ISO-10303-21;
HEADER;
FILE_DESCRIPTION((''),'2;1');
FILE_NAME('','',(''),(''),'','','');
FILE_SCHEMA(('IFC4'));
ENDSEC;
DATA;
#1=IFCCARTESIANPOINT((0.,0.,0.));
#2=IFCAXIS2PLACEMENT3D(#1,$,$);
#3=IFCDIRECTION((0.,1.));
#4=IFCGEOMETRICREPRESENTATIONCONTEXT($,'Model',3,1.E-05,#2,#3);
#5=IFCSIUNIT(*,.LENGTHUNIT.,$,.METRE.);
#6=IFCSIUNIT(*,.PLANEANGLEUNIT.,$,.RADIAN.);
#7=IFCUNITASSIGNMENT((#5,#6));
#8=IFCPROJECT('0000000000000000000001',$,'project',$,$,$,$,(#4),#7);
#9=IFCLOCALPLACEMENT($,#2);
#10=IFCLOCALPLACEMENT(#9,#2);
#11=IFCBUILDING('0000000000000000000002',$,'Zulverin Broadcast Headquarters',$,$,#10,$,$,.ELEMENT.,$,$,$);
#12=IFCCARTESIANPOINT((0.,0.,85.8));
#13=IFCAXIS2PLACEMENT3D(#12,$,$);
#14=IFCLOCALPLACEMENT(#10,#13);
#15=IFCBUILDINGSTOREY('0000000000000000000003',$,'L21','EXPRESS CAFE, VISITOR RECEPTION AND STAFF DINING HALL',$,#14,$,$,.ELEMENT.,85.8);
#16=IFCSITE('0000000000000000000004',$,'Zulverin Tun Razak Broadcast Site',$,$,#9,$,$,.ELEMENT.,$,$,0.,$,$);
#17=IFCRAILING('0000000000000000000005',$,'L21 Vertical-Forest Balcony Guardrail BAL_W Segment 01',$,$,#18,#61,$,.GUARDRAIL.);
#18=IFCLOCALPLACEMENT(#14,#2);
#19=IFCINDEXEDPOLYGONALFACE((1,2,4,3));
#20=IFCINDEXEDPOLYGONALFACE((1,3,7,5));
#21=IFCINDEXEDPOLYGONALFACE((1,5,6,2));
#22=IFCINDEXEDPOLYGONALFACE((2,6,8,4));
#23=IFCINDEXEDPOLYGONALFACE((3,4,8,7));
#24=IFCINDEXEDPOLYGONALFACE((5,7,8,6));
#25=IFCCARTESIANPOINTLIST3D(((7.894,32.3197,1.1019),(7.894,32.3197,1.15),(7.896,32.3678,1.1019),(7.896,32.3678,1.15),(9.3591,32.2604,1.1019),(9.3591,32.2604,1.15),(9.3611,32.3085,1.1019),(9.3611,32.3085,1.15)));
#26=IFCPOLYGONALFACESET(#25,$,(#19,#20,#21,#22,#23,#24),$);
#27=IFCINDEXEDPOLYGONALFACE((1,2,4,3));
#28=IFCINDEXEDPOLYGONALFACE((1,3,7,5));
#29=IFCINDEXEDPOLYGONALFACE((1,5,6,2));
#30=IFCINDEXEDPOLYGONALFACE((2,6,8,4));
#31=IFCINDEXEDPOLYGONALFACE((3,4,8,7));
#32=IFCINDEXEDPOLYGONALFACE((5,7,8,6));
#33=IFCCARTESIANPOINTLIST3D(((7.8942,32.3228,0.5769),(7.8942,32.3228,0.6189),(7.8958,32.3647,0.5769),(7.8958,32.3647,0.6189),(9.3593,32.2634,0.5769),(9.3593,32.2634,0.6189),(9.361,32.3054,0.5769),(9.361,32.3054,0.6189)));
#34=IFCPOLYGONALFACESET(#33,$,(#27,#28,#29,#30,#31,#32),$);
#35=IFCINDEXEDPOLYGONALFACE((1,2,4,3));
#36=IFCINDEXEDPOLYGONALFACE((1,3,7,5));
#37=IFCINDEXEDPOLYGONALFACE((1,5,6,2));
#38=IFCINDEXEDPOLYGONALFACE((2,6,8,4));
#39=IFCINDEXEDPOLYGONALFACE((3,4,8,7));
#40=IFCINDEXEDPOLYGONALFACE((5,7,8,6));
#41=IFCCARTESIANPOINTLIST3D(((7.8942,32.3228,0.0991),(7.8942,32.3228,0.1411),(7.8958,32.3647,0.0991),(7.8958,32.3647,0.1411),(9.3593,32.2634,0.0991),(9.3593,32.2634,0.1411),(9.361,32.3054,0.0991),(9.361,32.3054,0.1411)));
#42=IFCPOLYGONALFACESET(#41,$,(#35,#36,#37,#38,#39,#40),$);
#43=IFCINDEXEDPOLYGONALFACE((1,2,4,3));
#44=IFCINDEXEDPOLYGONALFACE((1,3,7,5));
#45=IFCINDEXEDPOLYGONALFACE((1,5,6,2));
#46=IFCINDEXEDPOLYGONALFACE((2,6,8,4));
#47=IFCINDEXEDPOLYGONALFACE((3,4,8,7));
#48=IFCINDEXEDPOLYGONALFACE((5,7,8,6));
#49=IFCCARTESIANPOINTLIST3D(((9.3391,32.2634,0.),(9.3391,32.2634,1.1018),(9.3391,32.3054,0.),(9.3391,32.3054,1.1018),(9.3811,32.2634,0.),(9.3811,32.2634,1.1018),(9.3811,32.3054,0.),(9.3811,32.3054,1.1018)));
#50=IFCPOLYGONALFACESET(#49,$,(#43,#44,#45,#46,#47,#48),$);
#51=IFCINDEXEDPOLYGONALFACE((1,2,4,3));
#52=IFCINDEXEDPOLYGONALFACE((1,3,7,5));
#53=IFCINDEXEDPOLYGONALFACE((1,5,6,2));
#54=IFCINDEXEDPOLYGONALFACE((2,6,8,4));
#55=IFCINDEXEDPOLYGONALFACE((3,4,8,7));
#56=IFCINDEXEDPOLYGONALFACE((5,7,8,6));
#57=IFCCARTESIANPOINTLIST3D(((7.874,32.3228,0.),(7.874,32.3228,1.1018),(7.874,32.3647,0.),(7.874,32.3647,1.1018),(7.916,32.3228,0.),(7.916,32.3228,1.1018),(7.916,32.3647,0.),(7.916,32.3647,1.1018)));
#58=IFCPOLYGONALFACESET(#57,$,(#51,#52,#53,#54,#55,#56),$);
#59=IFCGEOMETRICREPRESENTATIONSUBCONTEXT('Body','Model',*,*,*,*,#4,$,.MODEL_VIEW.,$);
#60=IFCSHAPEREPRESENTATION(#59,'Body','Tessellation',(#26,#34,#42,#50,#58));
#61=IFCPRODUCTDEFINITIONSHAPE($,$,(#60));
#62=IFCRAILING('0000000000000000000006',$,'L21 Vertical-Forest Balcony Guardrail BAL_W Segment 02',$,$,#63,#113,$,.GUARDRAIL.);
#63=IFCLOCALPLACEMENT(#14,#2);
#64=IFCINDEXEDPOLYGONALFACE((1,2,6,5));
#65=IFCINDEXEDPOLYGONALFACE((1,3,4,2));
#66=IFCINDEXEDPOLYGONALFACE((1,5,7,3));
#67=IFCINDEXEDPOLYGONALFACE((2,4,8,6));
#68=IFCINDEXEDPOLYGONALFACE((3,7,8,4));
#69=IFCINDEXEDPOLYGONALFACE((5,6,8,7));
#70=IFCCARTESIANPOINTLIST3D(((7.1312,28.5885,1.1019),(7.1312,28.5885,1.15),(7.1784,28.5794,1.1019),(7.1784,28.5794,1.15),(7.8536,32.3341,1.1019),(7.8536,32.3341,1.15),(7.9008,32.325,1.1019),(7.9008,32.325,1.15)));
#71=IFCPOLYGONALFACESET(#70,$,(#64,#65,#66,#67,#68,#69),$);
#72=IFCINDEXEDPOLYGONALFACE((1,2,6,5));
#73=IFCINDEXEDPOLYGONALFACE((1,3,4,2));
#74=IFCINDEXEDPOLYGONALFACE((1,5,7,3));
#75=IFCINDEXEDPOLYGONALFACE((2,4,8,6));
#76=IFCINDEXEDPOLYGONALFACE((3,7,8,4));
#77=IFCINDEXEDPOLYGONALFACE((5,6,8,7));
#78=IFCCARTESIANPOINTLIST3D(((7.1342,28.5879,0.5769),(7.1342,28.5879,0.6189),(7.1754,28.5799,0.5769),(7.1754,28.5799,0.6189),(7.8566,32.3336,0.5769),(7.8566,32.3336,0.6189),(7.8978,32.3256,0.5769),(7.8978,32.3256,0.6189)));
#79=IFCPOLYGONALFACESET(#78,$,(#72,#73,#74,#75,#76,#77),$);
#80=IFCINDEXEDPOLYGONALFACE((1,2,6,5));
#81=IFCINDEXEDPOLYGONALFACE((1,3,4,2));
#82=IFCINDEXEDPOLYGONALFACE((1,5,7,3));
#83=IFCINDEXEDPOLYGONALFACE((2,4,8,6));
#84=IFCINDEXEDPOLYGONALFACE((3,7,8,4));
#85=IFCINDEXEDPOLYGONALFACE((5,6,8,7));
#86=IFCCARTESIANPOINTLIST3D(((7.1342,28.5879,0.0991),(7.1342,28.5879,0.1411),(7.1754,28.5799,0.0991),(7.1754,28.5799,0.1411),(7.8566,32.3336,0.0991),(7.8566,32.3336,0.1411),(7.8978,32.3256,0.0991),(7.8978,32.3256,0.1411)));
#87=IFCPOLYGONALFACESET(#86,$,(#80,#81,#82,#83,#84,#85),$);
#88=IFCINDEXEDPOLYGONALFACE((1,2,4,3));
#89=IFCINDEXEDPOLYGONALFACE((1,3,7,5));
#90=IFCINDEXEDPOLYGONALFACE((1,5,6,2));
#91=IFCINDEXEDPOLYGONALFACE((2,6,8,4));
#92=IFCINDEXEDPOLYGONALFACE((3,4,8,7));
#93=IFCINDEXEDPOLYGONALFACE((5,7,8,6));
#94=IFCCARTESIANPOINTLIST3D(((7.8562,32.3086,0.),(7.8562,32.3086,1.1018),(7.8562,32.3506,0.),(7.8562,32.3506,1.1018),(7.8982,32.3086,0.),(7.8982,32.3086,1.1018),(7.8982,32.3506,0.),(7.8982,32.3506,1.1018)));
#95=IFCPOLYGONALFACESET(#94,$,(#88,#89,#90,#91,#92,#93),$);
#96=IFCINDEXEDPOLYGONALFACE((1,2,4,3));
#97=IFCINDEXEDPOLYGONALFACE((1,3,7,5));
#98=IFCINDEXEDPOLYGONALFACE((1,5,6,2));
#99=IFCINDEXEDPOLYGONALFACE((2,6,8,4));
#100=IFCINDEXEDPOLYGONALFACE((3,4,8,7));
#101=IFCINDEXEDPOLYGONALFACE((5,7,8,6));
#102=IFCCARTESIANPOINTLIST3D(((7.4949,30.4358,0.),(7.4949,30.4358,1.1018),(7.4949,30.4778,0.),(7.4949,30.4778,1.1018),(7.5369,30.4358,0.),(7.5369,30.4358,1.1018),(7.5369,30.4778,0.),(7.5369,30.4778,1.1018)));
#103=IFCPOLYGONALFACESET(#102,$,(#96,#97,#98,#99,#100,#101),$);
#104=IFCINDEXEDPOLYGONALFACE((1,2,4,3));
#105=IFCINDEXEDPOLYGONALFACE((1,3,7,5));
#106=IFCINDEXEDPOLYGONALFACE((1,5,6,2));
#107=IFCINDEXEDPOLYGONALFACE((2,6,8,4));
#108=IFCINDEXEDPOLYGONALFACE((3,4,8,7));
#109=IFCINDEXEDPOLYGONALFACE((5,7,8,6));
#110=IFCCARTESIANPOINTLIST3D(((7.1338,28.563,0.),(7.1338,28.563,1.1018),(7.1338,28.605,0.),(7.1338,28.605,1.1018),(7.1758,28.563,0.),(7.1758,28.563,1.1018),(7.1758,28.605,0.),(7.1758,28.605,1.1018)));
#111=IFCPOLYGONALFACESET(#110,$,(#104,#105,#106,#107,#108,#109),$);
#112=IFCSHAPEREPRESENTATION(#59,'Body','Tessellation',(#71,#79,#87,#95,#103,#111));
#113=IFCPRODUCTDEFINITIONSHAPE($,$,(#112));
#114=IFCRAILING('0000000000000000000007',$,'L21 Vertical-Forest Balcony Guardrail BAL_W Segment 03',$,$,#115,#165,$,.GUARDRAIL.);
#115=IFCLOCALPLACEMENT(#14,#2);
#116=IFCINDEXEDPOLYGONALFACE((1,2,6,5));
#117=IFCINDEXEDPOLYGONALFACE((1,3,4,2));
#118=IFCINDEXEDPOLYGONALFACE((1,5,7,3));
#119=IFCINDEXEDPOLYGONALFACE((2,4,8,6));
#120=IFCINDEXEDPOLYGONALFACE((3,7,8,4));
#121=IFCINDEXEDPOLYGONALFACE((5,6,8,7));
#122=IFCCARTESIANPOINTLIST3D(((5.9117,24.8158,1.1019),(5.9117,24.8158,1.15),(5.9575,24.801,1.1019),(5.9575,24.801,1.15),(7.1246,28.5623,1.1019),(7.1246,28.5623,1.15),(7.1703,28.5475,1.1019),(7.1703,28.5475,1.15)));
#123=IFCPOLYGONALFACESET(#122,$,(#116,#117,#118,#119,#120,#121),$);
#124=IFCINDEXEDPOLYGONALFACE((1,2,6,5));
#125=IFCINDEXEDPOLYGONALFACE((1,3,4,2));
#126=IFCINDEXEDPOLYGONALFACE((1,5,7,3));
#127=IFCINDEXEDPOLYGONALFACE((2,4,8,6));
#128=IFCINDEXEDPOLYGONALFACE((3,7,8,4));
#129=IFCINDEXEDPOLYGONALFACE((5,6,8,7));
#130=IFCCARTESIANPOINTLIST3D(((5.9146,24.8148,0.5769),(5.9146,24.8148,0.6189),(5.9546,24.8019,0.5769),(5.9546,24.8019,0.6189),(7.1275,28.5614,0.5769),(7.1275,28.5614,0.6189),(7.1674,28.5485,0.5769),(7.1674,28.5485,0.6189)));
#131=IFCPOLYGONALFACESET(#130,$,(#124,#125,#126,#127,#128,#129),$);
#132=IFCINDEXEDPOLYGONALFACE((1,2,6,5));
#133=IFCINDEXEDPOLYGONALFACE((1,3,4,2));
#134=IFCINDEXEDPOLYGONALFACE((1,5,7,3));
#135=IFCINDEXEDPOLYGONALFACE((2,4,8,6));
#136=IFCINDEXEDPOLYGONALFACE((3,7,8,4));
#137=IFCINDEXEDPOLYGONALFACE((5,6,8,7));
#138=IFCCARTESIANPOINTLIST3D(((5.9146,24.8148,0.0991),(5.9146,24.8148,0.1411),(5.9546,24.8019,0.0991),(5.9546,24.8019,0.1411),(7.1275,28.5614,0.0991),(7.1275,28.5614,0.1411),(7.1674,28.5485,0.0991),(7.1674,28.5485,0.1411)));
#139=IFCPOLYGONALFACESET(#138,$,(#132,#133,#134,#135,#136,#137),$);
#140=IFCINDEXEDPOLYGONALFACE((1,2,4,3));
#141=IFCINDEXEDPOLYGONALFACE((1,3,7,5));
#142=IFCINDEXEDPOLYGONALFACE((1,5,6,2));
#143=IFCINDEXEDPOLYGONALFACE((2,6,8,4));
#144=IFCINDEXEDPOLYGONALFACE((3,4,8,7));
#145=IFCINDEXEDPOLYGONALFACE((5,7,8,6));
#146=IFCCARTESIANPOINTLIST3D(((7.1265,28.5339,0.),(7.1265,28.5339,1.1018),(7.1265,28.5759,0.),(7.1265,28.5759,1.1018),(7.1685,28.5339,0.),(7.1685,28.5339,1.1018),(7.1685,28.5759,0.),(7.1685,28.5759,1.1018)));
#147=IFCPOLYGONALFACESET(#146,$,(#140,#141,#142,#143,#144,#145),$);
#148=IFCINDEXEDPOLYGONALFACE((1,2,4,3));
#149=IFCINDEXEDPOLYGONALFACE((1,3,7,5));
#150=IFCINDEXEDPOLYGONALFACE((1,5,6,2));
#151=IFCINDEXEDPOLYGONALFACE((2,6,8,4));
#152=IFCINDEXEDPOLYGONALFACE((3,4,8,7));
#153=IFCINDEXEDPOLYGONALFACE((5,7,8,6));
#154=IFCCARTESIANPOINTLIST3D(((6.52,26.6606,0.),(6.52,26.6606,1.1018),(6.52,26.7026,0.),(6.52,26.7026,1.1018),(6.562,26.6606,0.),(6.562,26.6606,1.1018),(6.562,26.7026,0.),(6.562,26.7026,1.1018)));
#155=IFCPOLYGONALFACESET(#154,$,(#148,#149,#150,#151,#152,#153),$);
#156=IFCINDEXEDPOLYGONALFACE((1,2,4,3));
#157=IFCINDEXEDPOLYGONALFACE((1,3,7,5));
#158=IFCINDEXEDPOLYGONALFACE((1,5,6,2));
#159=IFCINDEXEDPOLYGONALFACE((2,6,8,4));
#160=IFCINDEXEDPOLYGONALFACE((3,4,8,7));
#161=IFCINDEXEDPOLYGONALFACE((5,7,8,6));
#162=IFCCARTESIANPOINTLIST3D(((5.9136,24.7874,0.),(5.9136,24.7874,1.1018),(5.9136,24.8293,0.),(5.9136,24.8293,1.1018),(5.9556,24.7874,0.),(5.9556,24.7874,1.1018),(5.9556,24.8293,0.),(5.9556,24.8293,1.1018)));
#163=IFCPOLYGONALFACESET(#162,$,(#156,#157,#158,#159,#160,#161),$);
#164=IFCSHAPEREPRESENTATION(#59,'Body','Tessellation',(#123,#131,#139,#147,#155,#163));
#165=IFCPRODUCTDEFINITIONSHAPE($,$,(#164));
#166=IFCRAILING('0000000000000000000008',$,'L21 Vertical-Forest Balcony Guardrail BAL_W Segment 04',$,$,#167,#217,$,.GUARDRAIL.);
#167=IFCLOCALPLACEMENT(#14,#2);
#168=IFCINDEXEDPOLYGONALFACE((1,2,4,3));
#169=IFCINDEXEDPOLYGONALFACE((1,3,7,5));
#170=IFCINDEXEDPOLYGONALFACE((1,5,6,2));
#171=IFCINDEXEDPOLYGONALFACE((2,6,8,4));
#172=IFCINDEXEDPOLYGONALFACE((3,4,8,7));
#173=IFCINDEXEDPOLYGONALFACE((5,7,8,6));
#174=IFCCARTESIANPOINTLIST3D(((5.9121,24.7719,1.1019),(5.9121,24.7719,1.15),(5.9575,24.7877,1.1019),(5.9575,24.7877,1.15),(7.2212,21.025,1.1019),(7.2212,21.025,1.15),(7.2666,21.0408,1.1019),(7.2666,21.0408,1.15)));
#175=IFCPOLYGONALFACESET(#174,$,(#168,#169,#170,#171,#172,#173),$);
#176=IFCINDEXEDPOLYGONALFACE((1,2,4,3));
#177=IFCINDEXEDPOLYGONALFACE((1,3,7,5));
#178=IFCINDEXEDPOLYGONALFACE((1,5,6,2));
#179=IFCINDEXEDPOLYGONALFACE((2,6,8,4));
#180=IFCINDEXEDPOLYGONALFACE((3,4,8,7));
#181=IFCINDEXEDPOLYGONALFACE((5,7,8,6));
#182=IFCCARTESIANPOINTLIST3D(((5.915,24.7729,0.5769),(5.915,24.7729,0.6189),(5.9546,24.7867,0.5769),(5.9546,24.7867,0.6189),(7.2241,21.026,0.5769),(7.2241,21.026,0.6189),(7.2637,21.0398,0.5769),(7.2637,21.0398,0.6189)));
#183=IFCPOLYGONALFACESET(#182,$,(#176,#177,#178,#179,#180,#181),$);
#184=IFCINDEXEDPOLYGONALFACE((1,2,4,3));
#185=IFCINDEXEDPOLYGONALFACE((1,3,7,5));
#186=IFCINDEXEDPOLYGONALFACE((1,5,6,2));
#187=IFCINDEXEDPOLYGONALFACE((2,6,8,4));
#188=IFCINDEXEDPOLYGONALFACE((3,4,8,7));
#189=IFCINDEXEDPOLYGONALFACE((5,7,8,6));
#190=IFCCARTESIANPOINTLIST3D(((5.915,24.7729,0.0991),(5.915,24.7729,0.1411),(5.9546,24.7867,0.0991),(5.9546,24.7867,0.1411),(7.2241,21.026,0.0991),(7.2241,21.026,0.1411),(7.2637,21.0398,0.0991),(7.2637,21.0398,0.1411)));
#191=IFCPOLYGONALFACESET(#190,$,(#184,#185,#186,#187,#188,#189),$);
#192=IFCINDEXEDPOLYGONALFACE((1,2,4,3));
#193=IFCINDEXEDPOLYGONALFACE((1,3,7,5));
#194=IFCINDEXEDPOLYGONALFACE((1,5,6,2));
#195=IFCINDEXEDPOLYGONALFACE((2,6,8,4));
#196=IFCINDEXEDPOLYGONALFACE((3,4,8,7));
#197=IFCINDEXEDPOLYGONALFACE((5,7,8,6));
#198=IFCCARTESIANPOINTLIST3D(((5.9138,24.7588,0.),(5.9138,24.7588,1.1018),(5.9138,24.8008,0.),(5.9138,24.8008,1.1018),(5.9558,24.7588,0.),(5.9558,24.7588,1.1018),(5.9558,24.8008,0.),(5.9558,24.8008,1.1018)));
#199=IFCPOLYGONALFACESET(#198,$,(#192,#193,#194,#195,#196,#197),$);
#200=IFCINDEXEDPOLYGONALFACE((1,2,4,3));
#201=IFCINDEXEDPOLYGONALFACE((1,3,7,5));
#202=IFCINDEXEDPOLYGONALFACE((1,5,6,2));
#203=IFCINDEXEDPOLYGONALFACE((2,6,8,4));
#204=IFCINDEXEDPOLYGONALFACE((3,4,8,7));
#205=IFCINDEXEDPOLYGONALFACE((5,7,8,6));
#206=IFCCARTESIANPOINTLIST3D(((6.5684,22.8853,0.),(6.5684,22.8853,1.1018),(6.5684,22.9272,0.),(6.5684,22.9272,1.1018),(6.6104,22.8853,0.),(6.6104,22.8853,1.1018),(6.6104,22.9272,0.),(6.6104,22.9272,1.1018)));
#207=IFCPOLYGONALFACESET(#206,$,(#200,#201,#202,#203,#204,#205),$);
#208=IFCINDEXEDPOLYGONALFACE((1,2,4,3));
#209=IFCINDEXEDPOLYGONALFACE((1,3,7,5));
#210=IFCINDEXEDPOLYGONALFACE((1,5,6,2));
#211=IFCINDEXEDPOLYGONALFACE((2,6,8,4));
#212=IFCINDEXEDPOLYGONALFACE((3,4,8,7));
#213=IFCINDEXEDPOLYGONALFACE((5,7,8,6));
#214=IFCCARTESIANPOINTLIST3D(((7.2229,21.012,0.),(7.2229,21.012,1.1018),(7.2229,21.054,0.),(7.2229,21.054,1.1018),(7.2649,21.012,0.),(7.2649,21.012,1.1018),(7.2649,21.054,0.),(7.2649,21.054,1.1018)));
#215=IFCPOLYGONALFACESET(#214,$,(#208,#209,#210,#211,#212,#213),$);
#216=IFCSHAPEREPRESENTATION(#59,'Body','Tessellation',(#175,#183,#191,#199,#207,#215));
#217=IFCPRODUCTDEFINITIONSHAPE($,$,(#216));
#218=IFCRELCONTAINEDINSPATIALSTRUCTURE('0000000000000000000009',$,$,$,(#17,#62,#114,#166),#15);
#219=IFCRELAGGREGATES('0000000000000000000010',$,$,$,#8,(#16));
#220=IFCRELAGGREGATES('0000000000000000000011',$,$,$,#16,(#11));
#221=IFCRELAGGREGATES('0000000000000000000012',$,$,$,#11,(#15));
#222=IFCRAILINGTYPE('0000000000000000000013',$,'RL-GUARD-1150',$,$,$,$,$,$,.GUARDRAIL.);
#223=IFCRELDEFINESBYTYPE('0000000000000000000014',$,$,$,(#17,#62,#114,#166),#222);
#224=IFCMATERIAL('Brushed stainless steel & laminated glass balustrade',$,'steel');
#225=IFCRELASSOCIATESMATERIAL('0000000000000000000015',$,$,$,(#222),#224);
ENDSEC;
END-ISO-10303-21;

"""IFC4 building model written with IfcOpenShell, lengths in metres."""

from ifc_helpers import new_model, si_unit, direction, frame, origin, origin_2d, place, context, subcontext, project, spatial, rectangle, extrude, material, type_object, element, save


model = new_model("IFC4")

# Units and contexts
model_context = context("Model", 3, precision=1e-05, world=origin(), true_north=direction((0.0, 1.0)))
body_context = subcontext(model_context, "Body", "Model", "MODEL_VIEW")
ifc_project = project(units=[si_unit("LENGTHUNIT", "METRE"), si_unit("PLANEANGLEUNIT", "RADIAN")], contexts=[model_context])

# Site, building, storey
site_placement = place(None, origin())
site = spatial("IfcSite", under=ifc_project, at=site_placement, Name="Zulverin Tun Razak Broadcast Site", CompositionType="ELEMENT", RefElevation=0.0)
building_placement = place(site_placement, origin())
building = spatial("IfcBuilding", under=site, at=building_placement, Name="Zulverin Broadcast Headquarters", CompositionType="ELEMENT")
storey_placement = place(building_placement, frame((0.0, 0.0, 85.8)))
storey = spatial("IfcBuildingStorey", under=building, at=storey_placement, Name="L21", Description="EXPRESS CAFE, VISITOR RECEPTION AND STAFF DINING HALL", CompositionType="ELEMENT", Elevation=85.8)

# Railings
ifc_material_1 = material(Name="Brushed stainless steel & laminated glass balustrade", Category="steel")
railing_type = type_object("IfcRailingType", Name="RL-GUARD-1150", PredefinedType="GUARDRAIL", material=ifc_material_1)
railing_1_placement = place(storey_placement, frame((9.3601, 32.2844, 0.0)))
element("IfcRailing", 1, at=railing_1_placement, inside=storey, type_object=railing_type, Name="L21 Vertical-Forest Balcony Guardrail BAL_W Segment 01", PredefinedType="GUARDRAIL", context=body_context, shape_type="SweptSolid", body=[
    extrude(rectangle(XDim=0.0481, YDim=0.0481, at=origin_2d()), frame((0.0, 0.0, 1.126), z_axis=(-0.999181, 0.04046, 0.0), x_axis=(-0.04046, -0.999181, 0.0)), (0.0, 0.0, 1.0), 1.4663),
    extrude(rectangle(XDim=0.042, YDim=0.042, at=origin_2d()), frame((0.0, 0.0, 0.5979), z_axis=(-0.999181, 0.04046, 0.0), x_axis=(-0.04046, -0.999181, 0.0)), (0.0, 0.0, 1.0), 1.4663),
    extrude(rectangle(XDim=0.042, YDim=0.042, at=origin_2d()), frame((0.0, 0.0, 0.1201), z_axis=(-0.999181, 0.04046, 0.0), x_axis=(-0.04046, -0.999181, 0.0)), (0.0, 0.0, 1.0), 1.4663),
    extrude(rectangle(XDim=0.042, YDim=0.042, at=origin_2d()), origin(), (0.0, 0.0, 1.0), 1.1018),
    extrude(rectangle(XDim=0.042, YDim=0.042, at=origin_2d()), frame((-1.4651, 0.0593, 0.0)), (0.0, 0.0, 1.0), 1.1018),
])
railing_2_placement = place(storey_placement, frame((7.8772, 32.3296, 0.0)))
element("IfcRailing", 2, at=railing_2_placement, inside=storey, type_object=railing_type, Name="L21 Vertical-Forest Balcony Guardrail BAL_W Segment 02", PredefinedType="GUARDRAIL", context=body_context, shape_type="SweptSolid", body=[
    extrude(rectangle(XDim=0.0481, YDim=0.0481, at=origin_2d()), frame((0.0, 0.0, 1.126), z_axis=(-0.189379, -0.981904, 0.0), x_axis=(0.981904, -0.189379, 0.0)), (0.0, 0.0, 1.0), 3.8147),
    extrude(rectangle(XDim=0.042, YDim=0.042, at=origin_2d()), frame((0.0, 0.0, 0.5979), z_axis=(-0.189379, -0.981904, 0.0), x_axis=(0.981904, -0.189379, 0.0)), (0.0, 0.0, 1.0), 3.8147),
    extrude(rectangle(XDim=0.042, YDim=0.042, at=origin_2d()), frame((0.0, 0.0, 0.1201), z_axis=(-0.189379, -0.981904, 0.0), x_axis=(0.981904, -0.189379, 0.0)), (0.0, 0.0, 1.0), 3.8147),
    extrude(rectangle(XDim=0.042, YDim=0.042, at=origin_2d()), origin(), (0.0, 0.0, 1.0), 1.1018),
    extrude(rectangle(XDim=0.042, YDim=0.042, at=origin_2d()), frame((-0.3613, -1.8728, 0.0)), (0.0, 0.0, 1.0), 1.1018),
    extrude(rectangle(XDim=0.042, YDim=0.042, at=origin_2d()), frame((-0.7224, -3.7456, 0.0)), (0.0, 0.0, 1.0), 1.1018),
])
railing_3_placement = place(storey_placement, frame((7.1475, 28.5549, 0.0)))
element("IfcRailing", 3, at=railing_3_placement, inside=storey, type_object=railing_type, Name="L21 Vertical-Forest Balcony Guardrail BAL_W Segment 03", PredefinedType="GUARDRAIL", context=body_context, shape_type="SweptSolid", body=[
    extrude(rectangle(XDim=0.0481, YDim=0.0481, at=origin_2d()), frame((0.0, 0.0, 1.126), z_axis=(-0.307995, -0.951388, 0.0), x_axis=(0.951388, -0.307995, 0.0)), (0.0, 0.0, 1.0), 3.938),
    extrude(rectangle(XDim=0.042, YDim=0.042, at=origin_2d()), frame((0.0, 0.0, 0.5979), z_axis=(-0.307995, -0.951388, 0.0), x_axis=(0.951388, -0.307995, 0.0)), (0.0, 0.0, 1.0), 3.938),
    extrude(rectangle(XDim=0.042, YDim=0.042, at=origin_2d()), frame((0.0, 0.0, 0.1201), z_axis=(-0.307995, -0.951388, 0.0), x_axis=(0.951388, -0.307995, 0.0)), (0.0, 0.0, 1.0), 3.938),
    extrude(rectangle(XDim=0.042, YDim=0.042, at=origin_2d()), origin(), (0.0, 0.0, 1.0), 1.1018),
    extrude(rectangle(XDim=0.042, YDim=0.042, at=origin_2d()), frame((-0.6064, -1.8733, 0.0)), (0.0, 0.0, 1.0), 1.1018),
    extrude(rectangle(XDim=0.042, YDim=0.042, at=origin_2d()), frame((-1.2129, -3.7466, 0.0)), (0.0, 0.0, 1.0), 1.1018),
])
railing_4_placement = place(storey_placement, frame((5.9348, 24.7798, 0.0)))
element("IfcRailing", 4, at=railing_4_placement, inside=storey, type_object=railing_type, Name="L21 Vertical-Forest Balcony Guardrail BAL_W Segment 04", PredefinedType="GUARDRAIL", context=body_context, shape_type="SweptSolid", body=[
    extrude(rectangle(XDim=0.0481, YDim=0.0481, at=origin_2d()), frame((0.0, 0.0, 1.126), z_axis=(0.329833, -0.944039, 0.0), x_axis=(0.944039, 0.329833, 0.0)), (0.0, 0.0, 1.0), 3.969),
    extrude(rectangle(XDim=0.042, YDim=0.042, at=origin_2d()), frame((0.0, 0.0, 0.5979), z_axis=(0.329833, -0.944039, 0.0), x_axis=(0.944039, 0.329833, 0.0)), (0.0, 0.0, 1.0), 3.969),
    extrude(rectangle(XDim=0.042, YDim=0.042, at=origin_2d()), frame((0.0, 0.0, 0.1201), z_axis=(0.329833, -0.944039, 0.0), x_axis=(0.944039, 0.329833, 0.0)), (0.0, 0.0, 1.0), 3.969),
    extrude(rectangle(XDim=0.042, YDim=0.042, at=origin_2d()), origin(), (0.0, 0.0, 1.0), 1.1018),
    extrude(rectangle(XDim=0.042, YDim=0.042, at=origin_2d()), frame((0.6545, -1.8735, 0.0)), (0.0, 0.0, 1.0), 1.1018),
    extrude(rectangle(XDim=0.042, YDim=0.042, at=origin_2d()), frame((1.3091, -3.7468, 0.0)), (0.0, 0.0, 1.0), 1.1018),
])

save(model, "model.ifc")
